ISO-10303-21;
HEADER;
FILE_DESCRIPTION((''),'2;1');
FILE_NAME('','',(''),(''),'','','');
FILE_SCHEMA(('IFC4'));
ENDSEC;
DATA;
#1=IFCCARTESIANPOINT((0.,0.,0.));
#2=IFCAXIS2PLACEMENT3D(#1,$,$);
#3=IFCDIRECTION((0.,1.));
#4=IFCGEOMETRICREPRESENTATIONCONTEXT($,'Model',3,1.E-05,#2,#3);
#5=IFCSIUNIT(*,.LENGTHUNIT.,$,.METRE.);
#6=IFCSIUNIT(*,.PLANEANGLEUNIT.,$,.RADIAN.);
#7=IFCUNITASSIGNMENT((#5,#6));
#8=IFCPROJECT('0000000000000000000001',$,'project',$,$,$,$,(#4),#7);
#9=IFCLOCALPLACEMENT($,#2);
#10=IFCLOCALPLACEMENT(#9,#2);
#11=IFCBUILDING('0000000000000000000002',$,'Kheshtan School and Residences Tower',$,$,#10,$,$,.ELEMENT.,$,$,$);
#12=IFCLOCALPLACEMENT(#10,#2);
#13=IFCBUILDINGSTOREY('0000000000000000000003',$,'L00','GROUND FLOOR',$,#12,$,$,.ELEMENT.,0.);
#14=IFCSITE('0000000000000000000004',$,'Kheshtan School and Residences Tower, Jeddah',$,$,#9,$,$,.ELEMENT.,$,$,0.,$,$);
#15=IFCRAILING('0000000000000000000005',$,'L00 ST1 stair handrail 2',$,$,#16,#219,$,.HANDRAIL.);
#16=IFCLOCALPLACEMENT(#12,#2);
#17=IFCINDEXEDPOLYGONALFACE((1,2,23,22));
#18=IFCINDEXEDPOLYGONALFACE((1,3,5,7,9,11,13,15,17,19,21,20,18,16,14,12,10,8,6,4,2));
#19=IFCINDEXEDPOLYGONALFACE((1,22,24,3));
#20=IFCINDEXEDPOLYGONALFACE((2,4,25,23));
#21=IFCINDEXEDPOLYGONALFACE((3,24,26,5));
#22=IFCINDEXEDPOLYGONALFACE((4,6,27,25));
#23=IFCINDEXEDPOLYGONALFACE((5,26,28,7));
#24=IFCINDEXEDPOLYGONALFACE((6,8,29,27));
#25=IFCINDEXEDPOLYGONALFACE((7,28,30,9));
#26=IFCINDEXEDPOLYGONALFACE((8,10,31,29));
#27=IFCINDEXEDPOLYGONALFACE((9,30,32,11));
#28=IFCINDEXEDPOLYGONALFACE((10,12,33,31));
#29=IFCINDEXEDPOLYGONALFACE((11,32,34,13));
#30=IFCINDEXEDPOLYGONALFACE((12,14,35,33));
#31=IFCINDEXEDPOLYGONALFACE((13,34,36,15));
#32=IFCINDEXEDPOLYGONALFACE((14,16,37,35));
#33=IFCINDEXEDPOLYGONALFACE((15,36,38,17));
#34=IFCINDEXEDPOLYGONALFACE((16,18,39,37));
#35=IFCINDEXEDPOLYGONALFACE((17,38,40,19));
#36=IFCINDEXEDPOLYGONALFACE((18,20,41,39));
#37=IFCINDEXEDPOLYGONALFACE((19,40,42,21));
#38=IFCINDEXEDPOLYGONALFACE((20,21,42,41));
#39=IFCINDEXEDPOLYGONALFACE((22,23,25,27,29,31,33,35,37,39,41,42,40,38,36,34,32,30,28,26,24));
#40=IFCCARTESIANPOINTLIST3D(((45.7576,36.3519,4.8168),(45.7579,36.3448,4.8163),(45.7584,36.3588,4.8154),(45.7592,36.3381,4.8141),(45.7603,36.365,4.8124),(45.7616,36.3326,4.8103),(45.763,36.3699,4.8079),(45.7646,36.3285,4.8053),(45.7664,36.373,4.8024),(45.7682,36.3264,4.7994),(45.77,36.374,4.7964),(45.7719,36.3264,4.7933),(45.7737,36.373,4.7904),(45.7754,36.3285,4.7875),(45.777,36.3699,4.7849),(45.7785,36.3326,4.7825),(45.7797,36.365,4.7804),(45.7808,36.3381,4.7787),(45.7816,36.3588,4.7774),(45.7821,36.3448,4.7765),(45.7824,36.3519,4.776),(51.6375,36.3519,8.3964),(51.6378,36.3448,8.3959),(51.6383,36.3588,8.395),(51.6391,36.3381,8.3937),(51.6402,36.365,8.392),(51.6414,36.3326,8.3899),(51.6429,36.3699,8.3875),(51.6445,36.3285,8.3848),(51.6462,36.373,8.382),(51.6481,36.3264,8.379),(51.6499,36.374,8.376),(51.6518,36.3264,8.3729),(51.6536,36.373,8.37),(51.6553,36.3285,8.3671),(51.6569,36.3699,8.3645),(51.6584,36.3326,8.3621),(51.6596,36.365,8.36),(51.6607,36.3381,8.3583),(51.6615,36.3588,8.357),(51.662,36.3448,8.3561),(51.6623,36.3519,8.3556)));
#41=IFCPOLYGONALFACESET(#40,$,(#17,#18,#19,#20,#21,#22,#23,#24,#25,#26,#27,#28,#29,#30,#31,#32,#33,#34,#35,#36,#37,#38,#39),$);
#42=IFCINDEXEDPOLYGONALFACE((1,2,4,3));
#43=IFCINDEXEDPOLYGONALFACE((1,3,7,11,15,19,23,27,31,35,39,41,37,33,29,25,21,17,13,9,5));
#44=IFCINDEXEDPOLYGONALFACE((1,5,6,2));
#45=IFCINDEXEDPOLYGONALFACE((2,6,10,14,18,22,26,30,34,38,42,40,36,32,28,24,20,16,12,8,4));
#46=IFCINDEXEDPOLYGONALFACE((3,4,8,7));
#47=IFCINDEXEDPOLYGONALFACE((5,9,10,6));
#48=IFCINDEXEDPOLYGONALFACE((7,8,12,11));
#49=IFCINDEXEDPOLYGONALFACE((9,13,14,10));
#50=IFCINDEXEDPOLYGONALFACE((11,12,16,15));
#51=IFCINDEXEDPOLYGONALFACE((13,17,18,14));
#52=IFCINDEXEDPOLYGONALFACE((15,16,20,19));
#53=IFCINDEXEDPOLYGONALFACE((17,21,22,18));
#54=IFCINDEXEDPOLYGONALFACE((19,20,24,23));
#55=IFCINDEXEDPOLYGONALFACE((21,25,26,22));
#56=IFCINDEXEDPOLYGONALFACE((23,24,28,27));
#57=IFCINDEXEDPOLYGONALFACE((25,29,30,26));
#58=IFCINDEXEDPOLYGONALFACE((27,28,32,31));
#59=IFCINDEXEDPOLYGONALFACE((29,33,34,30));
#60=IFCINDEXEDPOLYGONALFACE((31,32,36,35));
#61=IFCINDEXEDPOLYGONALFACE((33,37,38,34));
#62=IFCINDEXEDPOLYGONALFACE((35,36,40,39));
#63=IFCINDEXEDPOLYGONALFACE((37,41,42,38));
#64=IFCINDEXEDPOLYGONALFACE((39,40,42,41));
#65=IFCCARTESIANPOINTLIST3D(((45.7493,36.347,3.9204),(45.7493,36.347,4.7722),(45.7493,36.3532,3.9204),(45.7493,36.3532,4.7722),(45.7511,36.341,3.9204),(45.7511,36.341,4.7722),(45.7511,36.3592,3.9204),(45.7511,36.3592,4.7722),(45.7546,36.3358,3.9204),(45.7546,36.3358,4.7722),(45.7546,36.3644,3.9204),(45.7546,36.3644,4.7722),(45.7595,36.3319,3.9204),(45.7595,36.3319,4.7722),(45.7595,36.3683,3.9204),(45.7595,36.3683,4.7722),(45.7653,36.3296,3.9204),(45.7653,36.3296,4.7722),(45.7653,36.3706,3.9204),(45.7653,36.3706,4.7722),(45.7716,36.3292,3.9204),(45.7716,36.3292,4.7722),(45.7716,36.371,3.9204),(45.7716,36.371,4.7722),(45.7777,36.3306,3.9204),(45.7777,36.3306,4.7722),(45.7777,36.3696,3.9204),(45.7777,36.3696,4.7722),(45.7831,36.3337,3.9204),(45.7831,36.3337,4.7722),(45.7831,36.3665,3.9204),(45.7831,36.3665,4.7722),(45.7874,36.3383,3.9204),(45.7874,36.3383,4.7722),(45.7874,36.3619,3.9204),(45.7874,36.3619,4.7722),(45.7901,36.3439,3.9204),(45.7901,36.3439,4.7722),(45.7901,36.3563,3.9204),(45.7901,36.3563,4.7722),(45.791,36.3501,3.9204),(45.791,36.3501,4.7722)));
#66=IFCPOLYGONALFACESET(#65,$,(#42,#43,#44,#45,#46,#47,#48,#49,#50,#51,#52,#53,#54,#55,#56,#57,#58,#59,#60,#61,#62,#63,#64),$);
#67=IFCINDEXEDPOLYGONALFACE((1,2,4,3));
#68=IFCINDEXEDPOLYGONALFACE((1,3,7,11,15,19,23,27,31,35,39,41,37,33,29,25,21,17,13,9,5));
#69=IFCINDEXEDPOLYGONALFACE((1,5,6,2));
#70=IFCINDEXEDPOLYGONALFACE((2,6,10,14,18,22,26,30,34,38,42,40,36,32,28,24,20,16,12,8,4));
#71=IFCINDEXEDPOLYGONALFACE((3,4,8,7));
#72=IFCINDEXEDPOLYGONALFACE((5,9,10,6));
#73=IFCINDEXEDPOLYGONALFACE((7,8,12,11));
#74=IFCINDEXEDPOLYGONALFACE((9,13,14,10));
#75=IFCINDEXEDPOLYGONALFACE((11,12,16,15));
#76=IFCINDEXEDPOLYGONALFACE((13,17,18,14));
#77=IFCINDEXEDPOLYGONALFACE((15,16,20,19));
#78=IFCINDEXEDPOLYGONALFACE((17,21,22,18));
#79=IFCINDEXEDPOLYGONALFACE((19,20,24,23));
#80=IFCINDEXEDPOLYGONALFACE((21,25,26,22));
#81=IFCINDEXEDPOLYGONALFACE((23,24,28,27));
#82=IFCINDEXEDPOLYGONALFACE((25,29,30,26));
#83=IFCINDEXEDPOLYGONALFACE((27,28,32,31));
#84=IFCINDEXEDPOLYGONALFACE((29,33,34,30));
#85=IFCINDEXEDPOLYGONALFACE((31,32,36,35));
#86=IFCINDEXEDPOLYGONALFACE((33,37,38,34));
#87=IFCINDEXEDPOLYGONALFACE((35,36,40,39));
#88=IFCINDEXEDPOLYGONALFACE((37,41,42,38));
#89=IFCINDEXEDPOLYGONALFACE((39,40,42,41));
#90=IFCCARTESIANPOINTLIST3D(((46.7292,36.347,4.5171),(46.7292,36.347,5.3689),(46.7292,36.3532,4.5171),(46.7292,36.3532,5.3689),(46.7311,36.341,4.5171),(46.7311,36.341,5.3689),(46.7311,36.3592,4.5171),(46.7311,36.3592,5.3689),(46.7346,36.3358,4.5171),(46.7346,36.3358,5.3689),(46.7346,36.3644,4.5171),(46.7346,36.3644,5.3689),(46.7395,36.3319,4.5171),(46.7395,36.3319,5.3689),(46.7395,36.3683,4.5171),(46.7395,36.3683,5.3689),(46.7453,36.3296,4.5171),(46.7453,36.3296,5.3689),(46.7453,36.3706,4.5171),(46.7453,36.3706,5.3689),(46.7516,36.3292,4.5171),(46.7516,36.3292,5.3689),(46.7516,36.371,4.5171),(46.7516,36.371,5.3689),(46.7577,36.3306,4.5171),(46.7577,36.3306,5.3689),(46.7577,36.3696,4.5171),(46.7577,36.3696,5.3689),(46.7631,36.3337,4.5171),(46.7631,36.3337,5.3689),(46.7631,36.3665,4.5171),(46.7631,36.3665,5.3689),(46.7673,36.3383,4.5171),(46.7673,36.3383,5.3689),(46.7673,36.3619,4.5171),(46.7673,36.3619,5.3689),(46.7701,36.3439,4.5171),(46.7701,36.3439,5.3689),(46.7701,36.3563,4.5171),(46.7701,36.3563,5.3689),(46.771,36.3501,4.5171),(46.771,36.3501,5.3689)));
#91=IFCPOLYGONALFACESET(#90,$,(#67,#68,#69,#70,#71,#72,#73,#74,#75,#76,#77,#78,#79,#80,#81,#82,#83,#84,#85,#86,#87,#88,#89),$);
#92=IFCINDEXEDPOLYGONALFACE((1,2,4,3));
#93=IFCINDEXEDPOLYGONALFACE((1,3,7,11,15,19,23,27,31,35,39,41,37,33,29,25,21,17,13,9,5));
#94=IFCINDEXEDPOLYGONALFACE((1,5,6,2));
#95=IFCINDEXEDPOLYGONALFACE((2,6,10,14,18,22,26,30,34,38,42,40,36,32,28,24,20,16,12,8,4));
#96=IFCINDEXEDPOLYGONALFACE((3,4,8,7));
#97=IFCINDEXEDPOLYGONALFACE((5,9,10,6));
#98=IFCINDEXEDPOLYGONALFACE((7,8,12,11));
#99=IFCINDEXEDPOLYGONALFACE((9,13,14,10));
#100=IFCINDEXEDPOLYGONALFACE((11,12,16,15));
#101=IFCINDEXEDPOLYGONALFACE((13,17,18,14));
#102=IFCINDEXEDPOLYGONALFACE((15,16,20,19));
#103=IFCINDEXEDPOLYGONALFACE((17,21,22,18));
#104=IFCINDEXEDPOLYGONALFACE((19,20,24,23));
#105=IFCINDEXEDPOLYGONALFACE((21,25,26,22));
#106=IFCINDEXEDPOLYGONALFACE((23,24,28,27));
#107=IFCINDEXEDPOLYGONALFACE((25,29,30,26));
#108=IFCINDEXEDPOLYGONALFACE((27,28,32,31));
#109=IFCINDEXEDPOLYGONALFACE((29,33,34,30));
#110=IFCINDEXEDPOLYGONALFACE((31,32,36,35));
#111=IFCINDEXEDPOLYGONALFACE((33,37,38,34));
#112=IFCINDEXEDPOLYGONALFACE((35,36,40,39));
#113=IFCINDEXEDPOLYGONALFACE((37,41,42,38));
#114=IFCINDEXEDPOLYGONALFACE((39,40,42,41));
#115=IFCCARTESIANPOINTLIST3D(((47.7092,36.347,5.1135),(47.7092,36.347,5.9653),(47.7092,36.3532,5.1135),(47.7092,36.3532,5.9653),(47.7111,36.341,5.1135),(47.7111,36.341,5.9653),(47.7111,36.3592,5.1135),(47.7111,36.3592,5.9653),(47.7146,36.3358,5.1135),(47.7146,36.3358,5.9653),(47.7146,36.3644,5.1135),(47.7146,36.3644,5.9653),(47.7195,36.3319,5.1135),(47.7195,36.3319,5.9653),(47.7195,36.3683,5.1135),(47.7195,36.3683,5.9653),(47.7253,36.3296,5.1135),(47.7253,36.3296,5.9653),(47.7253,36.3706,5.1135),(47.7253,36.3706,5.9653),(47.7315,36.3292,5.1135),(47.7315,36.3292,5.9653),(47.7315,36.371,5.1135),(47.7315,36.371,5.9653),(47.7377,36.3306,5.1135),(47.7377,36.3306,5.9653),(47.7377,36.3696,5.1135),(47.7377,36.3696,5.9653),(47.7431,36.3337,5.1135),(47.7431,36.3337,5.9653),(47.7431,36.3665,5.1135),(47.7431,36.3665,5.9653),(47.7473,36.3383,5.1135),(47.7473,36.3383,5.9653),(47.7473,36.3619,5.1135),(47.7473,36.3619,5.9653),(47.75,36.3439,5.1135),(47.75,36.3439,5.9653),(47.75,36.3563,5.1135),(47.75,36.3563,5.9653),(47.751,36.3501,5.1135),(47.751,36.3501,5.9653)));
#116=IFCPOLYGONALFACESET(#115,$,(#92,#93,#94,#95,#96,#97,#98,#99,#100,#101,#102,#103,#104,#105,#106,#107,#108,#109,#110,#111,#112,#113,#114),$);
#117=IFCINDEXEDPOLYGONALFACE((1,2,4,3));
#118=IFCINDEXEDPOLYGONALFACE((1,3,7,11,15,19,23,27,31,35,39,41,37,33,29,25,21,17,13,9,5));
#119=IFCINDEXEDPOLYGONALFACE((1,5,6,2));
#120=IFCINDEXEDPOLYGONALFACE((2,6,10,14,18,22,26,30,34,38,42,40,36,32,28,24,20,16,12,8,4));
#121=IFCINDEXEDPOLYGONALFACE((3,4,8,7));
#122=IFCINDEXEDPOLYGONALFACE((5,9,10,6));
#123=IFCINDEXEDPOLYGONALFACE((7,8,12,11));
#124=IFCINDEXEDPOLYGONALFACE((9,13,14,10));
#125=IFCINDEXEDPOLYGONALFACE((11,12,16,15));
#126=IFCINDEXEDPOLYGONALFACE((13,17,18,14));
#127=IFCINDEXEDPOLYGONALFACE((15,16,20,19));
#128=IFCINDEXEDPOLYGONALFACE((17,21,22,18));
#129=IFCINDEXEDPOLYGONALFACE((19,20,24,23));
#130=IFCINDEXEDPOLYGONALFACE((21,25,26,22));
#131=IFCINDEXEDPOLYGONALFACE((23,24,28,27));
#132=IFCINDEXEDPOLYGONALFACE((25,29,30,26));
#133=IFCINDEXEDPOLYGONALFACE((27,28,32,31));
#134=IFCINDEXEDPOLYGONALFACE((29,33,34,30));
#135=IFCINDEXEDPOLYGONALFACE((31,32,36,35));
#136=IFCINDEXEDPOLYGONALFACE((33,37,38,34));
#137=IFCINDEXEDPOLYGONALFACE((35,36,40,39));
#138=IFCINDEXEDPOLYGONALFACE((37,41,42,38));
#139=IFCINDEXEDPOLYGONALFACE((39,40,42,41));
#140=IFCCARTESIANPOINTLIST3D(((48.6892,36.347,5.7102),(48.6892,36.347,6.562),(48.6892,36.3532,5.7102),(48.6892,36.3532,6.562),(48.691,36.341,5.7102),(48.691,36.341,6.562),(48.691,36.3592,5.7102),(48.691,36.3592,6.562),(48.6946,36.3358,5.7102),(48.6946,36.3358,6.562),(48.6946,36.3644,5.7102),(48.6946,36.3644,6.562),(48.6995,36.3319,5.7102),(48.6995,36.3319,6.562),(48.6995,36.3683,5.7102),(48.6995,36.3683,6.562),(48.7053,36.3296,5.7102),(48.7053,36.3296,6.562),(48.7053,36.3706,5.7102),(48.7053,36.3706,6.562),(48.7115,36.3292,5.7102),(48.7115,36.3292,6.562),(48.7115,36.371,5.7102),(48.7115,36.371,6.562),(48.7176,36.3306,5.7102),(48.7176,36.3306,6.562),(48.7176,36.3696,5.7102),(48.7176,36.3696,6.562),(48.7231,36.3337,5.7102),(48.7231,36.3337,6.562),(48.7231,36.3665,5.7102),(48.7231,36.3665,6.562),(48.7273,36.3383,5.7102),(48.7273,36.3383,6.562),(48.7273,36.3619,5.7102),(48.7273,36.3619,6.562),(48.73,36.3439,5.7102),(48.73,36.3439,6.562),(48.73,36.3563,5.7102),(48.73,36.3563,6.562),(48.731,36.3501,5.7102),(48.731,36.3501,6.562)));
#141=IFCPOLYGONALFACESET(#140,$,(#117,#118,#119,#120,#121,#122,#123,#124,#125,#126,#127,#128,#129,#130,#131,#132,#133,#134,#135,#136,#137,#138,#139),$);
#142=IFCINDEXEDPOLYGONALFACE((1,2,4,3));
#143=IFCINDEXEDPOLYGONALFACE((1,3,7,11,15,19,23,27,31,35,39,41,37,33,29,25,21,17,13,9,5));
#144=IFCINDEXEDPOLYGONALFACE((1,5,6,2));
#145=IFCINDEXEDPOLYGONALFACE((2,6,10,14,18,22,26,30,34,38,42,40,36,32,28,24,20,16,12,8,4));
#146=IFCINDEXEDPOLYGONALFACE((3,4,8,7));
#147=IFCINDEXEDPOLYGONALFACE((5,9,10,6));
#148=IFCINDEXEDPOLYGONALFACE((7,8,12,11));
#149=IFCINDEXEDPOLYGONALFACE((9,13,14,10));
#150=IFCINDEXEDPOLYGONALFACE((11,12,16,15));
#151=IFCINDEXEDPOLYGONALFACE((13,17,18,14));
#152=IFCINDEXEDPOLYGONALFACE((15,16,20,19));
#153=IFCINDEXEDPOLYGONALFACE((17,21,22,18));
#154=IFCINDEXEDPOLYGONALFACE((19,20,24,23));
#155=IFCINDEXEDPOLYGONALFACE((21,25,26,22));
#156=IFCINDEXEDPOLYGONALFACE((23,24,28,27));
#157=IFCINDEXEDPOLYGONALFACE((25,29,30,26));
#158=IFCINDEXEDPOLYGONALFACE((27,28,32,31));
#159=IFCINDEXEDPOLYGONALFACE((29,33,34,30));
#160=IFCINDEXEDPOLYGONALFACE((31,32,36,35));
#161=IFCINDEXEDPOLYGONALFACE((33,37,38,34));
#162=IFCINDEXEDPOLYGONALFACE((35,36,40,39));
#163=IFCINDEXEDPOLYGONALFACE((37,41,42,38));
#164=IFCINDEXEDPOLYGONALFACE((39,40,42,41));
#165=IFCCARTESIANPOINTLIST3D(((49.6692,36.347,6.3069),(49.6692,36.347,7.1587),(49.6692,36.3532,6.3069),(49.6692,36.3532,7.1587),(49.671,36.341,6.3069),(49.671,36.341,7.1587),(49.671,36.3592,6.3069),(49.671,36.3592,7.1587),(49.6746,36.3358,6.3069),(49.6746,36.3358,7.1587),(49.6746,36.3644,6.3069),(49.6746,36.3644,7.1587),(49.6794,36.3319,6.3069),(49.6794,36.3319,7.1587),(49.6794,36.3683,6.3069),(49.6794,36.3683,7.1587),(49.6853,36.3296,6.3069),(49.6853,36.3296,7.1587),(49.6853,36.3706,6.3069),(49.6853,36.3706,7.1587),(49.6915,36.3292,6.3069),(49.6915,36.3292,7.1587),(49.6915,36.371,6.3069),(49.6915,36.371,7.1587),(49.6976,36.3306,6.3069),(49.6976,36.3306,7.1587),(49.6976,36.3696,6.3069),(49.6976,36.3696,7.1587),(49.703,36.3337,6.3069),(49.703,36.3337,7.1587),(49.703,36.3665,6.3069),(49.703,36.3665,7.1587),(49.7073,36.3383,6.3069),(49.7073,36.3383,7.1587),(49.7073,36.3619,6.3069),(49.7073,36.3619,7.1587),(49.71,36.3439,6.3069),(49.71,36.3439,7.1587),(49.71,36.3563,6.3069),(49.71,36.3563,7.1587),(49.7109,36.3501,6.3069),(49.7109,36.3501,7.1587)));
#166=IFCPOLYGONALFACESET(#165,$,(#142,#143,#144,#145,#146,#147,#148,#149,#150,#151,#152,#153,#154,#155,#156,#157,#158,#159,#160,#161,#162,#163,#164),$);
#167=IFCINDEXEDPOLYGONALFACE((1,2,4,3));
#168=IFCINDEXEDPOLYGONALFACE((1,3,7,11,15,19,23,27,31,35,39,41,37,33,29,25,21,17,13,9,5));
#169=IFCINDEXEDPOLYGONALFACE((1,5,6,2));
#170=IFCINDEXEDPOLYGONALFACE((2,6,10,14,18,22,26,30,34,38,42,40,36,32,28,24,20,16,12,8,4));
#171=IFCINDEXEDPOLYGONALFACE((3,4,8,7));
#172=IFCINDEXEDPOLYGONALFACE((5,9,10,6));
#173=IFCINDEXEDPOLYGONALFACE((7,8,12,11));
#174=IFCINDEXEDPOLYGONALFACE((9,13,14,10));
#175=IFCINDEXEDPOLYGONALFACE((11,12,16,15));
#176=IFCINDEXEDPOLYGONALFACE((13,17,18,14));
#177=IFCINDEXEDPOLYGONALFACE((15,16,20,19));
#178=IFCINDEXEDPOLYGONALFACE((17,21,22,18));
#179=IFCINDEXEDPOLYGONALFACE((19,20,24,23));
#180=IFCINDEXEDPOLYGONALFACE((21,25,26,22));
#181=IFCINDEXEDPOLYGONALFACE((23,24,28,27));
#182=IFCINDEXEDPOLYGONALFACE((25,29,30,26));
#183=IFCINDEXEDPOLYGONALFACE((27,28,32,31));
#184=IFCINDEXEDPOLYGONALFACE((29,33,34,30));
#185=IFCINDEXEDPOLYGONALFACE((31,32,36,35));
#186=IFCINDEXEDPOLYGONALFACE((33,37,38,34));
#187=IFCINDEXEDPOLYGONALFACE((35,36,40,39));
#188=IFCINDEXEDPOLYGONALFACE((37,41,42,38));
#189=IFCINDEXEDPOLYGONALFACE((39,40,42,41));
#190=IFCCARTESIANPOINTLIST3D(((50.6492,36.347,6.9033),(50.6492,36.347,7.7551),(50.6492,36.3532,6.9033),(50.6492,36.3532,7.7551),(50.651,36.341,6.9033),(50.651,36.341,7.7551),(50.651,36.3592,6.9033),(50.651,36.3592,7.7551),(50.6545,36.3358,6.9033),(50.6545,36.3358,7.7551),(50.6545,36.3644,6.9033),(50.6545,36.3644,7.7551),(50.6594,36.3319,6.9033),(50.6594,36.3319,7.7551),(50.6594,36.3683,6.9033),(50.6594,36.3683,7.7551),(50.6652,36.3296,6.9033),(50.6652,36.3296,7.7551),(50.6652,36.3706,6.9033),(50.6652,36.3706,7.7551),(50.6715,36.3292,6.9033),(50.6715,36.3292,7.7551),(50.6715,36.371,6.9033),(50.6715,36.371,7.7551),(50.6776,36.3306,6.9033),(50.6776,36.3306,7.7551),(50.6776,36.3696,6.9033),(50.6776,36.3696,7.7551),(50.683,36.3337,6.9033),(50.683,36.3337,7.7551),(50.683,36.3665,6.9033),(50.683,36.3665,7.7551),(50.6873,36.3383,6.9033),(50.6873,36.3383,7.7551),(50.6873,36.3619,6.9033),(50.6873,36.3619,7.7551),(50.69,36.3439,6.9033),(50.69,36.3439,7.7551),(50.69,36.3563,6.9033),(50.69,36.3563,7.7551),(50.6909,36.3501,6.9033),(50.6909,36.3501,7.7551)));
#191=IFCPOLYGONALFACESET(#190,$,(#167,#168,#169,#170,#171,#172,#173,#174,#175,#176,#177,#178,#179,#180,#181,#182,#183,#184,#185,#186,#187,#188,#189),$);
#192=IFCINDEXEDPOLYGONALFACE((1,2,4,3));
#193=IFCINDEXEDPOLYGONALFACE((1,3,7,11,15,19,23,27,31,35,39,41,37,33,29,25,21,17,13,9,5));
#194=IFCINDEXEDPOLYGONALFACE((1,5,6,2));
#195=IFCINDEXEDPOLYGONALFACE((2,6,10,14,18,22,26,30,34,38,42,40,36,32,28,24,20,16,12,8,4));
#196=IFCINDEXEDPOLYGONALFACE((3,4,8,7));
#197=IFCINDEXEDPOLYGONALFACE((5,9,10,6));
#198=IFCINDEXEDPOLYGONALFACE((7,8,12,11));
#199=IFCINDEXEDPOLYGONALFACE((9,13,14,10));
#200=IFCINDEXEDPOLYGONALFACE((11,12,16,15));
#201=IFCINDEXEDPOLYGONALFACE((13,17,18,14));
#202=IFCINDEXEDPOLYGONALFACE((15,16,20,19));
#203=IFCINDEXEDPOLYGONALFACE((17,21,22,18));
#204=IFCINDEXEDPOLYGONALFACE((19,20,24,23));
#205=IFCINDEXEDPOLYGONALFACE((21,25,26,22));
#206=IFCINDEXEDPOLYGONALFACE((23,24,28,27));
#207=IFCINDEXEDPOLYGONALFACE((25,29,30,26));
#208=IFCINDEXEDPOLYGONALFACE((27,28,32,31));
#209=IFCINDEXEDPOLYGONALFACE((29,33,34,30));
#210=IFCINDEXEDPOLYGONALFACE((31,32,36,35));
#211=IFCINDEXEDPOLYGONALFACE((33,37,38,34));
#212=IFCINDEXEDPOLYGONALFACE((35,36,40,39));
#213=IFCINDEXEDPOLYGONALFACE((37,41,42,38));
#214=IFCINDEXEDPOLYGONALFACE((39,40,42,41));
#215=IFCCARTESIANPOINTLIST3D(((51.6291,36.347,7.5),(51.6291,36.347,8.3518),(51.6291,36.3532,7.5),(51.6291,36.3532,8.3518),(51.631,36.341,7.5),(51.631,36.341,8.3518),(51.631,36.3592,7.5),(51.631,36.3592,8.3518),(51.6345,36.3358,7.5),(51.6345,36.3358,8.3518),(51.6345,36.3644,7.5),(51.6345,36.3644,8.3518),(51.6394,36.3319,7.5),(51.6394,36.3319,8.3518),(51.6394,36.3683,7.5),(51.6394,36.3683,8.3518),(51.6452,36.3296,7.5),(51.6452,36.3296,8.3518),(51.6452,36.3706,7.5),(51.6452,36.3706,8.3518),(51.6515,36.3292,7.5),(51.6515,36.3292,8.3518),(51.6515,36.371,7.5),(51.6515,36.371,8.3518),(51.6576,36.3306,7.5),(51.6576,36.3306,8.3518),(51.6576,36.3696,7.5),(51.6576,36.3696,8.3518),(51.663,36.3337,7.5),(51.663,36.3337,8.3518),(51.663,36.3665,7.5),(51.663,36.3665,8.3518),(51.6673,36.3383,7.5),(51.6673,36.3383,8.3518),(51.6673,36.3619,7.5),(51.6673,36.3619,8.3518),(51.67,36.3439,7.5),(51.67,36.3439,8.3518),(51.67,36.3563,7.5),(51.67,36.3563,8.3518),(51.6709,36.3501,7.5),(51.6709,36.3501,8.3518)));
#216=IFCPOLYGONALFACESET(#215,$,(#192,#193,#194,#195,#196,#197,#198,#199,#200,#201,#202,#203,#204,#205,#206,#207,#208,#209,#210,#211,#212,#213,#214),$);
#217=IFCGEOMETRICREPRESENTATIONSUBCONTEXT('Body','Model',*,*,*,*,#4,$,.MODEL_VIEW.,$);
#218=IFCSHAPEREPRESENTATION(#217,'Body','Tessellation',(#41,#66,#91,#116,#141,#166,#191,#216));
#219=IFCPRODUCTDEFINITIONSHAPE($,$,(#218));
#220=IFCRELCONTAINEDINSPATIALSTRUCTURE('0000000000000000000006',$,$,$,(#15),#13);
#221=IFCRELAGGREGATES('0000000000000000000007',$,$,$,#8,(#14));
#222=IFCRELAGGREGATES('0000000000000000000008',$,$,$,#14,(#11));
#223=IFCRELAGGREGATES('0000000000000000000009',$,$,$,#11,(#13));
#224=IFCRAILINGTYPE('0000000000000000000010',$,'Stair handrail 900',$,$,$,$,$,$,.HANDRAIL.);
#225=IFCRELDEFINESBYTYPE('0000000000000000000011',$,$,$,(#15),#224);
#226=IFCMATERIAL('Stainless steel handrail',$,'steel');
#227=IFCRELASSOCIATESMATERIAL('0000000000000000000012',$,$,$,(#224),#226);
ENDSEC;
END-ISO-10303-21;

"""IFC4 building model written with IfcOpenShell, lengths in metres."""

from ifc_helpers import new_model, si_unit, direction, frame, origin, origin_2d, place, context, subcontext, project, spatial, circle, extrude, material, type_object, element, save


model = new_model("IFC4")

# Units and contexts
model_context = context("Model", 3, precision=1e-05, world=origin(), true_north=direction((0.0, 1.0)))
body_context = subcontext(model_context, "Body", "Model", "MODEL_VIEW")
ifc_project = project(units=[si_unit("LENGTHUNIT", "METRE"), si_unit("PLANEANGLEUNIT", "RADIAN")], contexts=[model_context])

# Site, building, storey
site_placement = place(None, origin())
site = spatial("IfcSite", under=ifc_project, at=site_placement, Name="Kheshtan School and Residences Tower, Jeddah", CompositionType="ELEMENT", RefElevation=0.0)
building_placement = place(site_placement, origin())
building = spatial("IfcBuilding", under=site, at=building_placement, Name="Kheshtan School and Residences Tower", CompositionType="ELEMENT")
storey_placement = place(building_placement, origin())
storey = spatial("IfcBuildingStorey", under=building, at=storey_placement, Name="L00", Description="GROUND FLOOR", CompositionType="ELEMENT", Elevation=0.0)

# Railing
ifc_material_1 = material(Name="Stainless steel handrail", Category="steel")
railing_type_1 = type_object("IfcRailingType", Name="Stair handrail 900", PredefinedType="HANDRAIL", material=ifc_material_1)
railing_1_placement = place(storey_placement, frame((45.77, 36.3501, 3.9204)))
element("IfcRailing", 1, at=railing_1_placement, inside=storey, type_object=railing_type_1, Name="L00 ST1 stair handrail 2", PredefinedType="HANDRAIL", context=body_context, shape_type="SweptSolid", body=[
    extrude(circle(Radius=0.0239, at=origin_2d()), frame((0.0, 0.0, 0.876), z_axis=(0.854164, 0.0, 0.520003), x_axis=(0.0, 1.0, 0.0)), (0.0, 0.0, 1.0), 6.8838),
    extrude(circle(Radius=0.021, at=origin_2d()), origin(), (0.0, 0.0, 1.0), 0.8518),
    extrude(circle(Radius=0.021, at=origin_2d()), frame((0.98, 0.0, 0.5967)), (0.0, 0.0, 1.0), 0.8518),
    extrude(circle(Radius=0.021, at=origin_2d()), frame((1.96, 0.0, 1.1931)), (0.0, 0.0, 1.0), 0.8518),
    extrude(circle(Radius=0.021, at=origin_2d()), frame((2.9399, 0.0, 1.7898)), (0.0, 0.0, 1.0), 0.8518),
    extrude(circle(Radius=0.021, at=origin_2d()), frame((3.9199, 0.0, 2.3865)), (0.0, 0.0, 1.0), 0.8518),
    extrude(circle(Radius=0.021, at=origin_2d()), frame((4.8999, 0.0, 2.9829)), (0.0, 0.0, 1.0), 0.8518),
    extrude(circle(Radius=0.021, at=origin_2d()), frame((5.8799, 0.0, 3.5796)), (0.0, 0.0, 1.0), 0.8518),
])

save(model, "model.ifc")
